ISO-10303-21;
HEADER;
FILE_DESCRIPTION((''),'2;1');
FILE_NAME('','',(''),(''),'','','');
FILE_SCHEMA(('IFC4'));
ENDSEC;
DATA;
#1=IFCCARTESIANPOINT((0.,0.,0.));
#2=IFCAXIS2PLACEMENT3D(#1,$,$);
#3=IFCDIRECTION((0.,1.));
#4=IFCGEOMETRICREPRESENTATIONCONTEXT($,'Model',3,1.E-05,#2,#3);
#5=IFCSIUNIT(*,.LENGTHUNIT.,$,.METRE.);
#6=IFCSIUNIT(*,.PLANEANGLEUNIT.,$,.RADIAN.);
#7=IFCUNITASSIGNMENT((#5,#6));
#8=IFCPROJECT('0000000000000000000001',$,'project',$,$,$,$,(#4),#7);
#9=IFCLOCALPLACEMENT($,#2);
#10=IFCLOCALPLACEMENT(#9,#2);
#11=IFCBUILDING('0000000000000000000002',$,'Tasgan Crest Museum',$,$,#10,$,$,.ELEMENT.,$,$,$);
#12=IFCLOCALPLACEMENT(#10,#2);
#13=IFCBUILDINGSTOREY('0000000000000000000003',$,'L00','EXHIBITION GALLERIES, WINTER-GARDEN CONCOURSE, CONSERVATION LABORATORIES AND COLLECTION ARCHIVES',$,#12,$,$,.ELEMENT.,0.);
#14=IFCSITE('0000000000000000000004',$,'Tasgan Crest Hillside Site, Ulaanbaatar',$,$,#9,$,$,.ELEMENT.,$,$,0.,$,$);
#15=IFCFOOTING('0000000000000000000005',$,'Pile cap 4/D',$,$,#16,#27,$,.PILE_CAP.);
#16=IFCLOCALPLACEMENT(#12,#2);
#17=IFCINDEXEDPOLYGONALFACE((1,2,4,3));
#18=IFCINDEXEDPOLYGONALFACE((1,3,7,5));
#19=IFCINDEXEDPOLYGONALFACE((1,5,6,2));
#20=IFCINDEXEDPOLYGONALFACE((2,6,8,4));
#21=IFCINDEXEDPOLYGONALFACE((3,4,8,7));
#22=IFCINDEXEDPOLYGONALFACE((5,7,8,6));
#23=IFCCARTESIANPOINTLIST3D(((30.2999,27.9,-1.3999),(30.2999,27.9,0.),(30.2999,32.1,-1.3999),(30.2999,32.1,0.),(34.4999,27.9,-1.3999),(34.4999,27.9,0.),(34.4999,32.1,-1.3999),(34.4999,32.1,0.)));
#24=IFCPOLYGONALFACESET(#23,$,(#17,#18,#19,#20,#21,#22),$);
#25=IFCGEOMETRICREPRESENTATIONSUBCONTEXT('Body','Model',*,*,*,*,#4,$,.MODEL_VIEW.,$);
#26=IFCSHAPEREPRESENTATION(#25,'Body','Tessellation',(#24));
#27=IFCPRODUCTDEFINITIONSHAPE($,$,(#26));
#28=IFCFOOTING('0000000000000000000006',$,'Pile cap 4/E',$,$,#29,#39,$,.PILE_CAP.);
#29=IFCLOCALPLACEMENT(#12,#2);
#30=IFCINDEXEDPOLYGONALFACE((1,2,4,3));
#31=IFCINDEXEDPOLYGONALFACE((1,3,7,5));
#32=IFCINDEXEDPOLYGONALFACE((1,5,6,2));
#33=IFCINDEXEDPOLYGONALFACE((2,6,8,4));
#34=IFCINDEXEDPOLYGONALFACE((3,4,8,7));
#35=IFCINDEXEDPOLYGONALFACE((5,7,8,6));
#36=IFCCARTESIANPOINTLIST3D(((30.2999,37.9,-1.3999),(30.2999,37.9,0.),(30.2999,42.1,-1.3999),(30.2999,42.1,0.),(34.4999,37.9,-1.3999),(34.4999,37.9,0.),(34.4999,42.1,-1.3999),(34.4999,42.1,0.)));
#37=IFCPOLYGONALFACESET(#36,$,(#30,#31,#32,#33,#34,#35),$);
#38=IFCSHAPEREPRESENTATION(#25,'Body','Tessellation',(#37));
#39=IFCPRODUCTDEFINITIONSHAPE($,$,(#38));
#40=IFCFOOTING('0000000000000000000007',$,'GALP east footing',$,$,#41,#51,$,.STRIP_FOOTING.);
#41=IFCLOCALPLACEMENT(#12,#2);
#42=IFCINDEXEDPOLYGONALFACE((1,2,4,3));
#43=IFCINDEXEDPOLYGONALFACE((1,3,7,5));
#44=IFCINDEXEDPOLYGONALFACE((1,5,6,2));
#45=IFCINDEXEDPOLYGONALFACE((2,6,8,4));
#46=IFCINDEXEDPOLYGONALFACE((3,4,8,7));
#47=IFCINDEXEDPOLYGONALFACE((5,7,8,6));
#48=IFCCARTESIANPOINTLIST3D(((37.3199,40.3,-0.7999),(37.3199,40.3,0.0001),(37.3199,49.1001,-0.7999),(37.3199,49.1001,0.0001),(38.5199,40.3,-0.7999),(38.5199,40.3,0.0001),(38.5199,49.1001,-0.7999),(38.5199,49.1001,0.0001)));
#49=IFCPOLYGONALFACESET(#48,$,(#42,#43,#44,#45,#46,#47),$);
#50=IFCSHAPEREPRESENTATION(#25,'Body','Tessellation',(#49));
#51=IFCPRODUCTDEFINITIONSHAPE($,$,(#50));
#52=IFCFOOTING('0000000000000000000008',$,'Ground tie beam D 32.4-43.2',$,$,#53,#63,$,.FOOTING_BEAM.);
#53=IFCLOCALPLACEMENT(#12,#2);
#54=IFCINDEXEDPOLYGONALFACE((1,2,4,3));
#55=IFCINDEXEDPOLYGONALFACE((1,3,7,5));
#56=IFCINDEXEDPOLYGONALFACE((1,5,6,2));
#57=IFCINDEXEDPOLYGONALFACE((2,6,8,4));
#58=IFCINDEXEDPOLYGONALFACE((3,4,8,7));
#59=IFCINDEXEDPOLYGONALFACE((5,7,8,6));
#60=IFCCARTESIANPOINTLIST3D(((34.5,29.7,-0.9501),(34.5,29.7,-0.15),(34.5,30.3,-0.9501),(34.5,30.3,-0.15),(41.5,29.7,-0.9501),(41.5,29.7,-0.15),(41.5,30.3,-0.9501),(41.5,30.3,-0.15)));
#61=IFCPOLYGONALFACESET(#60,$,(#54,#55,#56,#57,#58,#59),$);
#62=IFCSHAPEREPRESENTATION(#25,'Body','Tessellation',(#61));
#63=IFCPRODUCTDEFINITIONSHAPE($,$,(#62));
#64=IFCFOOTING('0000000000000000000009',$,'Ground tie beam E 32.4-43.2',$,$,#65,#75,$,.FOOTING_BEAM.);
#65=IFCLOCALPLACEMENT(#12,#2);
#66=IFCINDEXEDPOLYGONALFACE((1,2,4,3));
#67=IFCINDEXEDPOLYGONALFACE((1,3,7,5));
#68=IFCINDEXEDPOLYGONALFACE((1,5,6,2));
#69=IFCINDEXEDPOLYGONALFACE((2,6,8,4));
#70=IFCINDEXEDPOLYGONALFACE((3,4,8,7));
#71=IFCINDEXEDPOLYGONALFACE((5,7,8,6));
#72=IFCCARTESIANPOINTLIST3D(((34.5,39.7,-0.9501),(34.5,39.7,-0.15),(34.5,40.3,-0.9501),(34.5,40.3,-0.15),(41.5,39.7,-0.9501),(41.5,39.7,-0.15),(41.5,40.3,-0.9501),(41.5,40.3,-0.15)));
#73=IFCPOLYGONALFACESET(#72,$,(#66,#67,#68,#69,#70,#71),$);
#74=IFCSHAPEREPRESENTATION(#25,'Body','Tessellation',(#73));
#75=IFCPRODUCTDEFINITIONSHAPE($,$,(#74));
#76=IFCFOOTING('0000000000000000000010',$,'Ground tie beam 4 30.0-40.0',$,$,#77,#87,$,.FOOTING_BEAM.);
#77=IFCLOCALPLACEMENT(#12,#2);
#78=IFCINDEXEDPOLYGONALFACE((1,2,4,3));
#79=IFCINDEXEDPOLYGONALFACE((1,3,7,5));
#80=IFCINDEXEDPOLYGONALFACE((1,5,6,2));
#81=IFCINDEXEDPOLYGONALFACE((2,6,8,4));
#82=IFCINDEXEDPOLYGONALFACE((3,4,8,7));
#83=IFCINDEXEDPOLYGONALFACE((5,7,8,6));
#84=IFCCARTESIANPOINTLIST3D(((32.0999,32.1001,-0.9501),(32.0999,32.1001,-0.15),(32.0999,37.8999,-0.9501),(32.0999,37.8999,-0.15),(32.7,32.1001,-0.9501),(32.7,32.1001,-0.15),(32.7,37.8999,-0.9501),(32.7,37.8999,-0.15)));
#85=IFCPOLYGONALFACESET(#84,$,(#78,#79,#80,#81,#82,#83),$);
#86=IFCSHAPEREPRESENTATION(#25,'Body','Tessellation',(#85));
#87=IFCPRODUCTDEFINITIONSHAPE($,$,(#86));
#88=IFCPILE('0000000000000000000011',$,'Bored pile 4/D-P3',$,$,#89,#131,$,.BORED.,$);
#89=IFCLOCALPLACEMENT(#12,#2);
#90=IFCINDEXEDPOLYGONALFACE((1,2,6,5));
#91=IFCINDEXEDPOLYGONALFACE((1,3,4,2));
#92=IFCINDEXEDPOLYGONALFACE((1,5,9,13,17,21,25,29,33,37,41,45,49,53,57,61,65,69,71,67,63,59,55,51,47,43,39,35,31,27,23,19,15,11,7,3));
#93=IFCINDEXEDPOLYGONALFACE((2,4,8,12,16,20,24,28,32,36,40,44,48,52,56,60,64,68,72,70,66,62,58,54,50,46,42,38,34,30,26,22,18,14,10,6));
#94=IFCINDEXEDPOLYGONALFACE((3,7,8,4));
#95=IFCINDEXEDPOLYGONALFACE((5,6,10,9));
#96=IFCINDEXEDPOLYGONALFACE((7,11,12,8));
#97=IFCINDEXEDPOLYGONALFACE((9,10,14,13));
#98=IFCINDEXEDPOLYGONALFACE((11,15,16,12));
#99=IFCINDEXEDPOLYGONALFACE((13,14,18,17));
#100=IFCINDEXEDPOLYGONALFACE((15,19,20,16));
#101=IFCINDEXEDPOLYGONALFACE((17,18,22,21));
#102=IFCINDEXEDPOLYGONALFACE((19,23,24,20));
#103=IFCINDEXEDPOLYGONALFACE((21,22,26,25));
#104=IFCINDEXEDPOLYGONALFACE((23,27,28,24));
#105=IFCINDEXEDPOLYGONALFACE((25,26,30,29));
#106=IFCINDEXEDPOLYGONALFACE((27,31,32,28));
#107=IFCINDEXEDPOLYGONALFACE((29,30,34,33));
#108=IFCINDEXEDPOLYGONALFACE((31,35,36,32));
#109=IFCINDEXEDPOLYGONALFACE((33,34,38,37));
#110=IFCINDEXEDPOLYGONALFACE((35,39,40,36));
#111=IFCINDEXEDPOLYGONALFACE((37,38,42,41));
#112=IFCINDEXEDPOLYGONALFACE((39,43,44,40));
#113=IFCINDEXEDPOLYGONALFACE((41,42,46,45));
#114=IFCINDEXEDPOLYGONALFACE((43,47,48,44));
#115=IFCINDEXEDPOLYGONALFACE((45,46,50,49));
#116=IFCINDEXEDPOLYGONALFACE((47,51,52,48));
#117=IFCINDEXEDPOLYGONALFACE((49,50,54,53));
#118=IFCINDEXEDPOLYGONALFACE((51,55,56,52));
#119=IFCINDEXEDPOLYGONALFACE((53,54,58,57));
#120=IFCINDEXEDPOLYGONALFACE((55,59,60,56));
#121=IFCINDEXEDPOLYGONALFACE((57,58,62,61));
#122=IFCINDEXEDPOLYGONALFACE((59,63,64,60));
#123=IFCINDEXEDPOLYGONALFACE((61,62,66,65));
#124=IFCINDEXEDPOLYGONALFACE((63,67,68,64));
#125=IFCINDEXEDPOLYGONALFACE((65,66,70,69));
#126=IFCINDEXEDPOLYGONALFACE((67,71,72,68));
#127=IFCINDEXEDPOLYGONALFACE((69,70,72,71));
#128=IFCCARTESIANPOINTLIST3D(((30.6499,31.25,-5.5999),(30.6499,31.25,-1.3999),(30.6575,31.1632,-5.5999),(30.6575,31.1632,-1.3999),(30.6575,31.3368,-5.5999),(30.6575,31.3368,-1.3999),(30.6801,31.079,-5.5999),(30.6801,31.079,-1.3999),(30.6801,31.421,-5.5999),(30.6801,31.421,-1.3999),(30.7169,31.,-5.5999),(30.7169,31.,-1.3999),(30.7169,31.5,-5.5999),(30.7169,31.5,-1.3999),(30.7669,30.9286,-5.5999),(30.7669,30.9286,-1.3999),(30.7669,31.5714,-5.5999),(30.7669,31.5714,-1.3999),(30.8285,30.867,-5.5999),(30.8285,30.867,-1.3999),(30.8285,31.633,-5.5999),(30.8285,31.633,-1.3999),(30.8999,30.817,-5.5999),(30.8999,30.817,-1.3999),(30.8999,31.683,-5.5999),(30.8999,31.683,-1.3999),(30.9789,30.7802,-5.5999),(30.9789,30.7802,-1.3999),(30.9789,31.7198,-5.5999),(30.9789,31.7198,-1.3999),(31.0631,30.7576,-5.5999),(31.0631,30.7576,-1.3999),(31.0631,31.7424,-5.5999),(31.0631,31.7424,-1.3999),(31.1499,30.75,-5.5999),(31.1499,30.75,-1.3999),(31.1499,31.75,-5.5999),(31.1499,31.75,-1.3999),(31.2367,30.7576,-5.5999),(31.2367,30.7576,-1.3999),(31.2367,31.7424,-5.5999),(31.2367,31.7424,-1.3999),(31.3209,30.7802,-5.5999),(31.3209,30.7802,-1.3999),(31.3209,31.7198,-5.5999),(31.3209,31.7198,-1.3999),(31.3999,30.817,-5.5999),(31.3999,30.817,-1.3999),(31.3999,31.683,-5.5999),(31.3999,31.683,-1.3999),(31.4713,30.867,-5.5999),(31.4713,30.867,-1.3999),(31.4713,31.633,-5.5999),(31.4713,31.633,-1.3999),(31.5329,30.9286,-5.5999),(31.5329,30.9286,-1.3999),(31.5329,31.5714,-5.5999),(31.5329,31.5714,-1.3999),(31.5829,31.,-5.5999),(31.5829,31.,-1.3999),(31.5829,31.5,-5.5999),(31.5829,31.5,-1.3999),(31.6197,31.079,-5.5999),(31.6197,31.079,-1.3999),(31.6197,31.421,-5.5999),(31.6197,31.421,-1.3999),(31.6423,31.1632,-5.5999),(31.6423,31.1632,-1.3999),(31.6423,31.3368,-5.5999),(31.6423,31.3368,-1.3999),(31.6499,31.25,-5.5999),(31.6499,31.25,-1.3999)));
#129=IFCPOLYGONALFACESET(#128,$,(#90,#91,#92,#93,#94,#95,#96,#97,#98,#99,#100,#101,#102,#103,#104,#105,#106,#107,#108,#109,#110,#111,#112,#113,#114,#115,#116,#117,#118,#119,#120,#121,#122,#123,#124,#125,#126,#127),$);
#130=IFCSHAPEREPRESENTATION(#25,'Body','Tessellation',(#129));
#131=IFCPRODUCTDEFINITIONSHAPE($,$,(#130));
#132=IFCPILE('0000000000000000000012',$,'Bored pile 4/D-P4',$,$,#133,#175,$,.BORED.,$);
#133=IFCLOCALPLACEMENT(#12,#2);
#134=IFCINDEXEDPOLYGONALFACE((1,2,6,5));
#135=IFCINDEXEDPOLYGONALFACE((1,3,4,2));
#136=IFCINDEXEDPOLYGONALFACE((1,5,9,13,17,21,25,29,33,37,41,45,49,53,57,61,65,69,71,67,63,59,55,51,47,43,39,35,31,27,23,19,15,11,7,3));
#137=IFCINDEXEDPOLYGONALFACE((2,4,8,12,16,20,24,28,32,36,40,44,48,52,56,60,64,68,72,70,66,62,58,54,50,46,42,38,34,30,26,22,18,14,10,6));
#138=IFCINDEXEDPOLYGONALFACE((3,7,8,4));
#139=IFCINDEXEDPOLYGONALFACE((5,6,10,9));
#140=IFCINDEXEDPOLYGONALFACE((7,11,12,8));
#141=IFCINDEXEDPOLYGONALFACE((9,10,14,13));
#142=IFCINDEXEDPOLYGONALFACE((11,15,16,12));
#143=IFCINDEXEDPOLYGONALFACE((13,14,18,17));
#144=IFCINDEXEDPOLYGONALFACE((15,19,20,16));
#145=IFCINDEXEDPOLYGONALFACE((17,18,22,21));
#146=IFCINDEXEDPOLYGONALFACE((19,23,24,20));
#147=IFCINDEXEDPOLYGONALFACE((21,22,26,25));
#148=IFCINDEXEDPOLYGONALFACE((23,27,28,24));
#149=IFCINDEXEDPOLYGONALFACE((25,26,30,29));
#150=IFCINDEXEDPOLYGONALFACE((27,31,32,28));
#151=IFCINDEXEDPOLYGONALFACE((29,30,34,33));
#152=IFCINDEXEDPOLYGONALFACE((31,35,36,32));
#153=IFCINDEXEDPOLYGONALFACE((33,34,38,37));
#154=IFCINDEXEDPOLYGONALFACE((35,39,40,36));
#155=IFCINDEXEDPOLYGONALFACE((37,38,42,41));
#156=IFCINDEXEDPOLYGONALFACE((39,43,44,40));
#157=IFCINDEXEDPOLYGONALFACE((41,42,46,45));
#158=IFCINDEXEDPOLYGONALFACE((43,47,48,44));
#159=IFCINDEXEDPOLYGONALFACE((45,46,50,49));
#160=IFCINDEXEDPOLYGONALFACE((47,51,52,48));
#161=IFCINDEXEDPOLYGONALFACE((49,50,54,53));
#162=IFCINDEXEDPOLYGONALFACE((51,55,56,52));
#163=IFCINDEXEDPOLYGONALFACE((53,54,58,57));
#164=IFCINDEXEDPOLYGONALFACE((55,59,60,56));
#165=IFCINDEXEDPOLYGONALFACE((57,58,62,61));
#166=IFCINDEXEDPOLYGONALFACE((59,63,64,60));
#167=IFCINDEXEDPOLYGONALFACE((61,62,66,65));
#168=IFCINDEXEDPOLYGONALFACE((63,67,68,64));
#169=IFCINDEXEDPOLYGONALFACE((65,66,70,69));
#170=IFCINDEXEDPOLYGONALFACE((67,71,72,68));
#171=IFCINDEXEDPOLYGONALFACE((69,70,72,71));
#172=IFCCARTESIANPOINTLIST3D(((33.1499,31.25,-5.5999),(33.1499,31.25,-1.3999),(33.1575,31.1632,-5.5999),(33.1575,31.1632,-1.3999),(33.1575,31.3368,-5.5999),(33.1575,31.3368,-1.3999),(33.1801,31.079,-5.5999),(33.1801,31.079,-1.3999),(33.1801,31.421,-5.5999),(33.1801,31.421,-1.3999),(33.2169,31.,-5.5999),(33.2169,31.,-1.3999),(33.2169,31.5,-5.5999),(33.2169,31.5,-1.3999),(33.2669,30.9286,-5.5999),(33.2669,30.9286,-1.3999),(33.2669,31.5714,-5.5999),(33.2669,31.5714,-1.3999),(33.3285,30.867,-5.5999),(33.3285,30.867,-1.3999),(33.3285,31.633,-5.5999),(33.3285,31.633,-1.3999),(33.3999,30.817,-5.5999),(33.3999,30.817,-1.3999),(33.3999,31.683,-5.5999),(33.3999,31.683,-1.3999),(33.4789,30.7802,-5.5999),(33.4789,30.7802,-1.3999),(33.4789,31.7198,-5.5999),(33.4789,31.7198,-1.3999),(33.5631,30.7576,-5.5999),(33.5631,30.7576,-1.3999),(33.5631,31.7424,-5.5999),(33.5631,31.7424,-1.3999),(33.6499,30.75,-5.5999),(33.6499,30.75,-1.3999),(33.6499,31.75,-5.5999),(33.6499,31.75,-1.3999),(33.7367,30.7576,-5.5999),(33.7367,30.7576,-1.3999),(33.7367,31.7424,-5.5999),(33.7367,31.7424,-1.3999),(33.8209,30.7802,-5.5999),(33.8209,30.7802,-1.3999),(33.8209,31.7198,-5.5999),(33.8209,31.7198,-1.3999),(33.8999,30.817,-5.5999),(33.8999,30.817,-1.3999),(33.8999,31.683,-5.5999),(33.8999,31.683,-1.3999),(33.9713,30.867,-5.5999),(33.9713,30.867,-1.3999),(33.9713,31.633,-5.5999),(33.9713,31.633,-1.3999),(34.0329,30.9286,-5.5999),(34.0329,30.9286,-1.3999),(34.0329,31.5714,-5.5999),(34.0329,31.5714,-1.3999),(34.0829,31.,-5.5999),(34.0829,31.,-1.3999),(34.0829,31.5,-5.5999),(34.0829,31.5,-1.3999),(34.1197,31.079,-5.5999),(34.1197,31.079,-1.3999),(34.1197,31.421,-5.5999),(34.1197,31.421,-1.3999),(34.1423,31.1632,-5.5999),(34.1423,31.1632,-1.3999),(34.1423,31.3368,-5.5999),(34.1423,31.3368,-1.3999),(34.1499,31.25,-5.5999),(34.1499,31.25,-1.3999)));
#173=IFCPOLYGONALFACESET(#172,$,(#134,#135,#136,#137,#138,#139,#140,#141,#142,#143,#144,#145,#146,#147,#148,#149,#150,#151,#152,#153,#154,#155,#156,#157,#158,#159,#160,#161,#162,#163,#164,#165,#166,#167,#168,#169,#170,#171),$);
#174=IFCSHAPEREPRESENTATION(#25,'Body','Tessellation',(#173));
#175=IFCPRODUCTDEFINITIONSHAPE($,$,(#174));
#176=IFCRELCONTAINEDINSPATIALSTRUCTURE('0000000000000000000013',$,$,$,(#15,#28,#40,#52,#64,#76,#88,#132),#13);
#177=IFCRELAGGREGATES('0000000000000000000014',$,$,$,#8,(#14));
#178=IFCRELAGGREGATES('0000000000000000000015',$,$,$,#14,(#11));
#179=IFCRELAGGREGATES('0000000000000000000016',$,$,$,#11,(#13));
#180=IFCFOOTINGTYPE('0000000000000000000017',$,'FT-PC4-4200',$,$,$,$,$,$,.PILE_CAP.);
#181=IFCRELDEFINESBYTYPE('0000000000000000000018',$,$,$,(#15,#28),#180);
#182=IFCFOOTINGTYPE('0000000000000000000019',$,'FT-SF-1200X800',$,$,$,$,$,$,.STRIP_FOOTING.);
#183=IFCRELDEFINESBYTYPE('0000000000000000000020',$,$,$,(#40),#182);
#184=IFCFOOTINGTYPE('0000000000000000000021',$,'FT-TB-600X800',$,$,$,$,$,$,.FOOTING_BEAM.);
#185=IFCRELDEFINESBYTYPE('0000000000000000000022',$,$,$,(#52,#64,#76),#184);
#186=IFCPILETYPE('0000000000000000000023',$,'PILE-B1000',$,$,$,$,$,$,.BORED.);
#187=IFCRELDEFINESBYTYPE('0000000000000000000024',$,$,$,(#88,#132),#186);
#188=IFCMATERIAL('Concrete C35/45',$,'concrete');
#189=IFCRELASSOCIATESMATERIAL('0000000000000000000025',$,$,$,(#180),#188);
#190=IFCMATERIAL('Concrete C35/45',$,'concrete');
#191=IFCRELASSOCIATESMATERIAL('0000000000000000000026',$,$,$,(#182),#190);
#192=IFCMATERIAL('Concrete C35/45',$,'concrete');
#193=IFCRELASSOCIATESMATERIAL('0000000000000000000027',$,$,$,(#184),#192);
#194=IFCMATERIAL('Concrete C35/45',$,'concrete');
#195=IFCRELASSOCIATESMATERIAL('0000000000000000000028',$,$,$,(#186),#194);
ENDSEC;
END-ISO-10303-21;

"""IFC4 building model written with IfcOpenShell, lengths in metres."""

from ifc_helpers import new_model, si_unit, direction, frame, origin, origin_2d, place, context, subcontext, project, spatial, rectangle, circle, extrude, material, material_profile, profile_set, type_object, element, save


model = new_model("IFC4")

# Units and contexts
model_context = context("Model", 3, precision=1e-05, world=origin(), true_north=direction((0.0, 1.0)))
body_context = subcontext(model_context, "Body", "Model", "MODEL_VIEW")
ifc_project = project(units=[si_unit("LENGTHUNIT", "METRE"), si_unit("PLANEANGLEUNIT", "RADIAN")], contexts=[model_context])

# Site, building, storey
site_placement = place(None, origin())
site = spatial("IfcSite", under=ifc_project, at=site_placement, Name="Tasgan Crest Hillside Site, Ulaanbaatar", CompositionType="ELEMENT", RefElevation=0.0)
building_placement = place(site_placement, origin())
building = spatial("IfcBuilding", under=site, at=building_placement, Name="Tasgan Crest Museum", CompositionType="ELEMENT")
storey_placement = place(building_placement, origin())
storey = spatial("IfcBuildingStorey", under=building, at=storey_placement, Name="L00", Description="EXHIBITION GALLERIES, WINTER-GARDEN CONCOURSE, CONSERVATION LABORATORIES AND COLLECTION ARCHIVES", CompositionType="ELEMENT", Elevation=0.0)

# Footings
ifc_material_1 = material(Name="Concrete C35/45", Category="concrete")
footing_type_1 = type_object("IfcFootingType", Name="FT-PC4-4200", PredefinedType="PILE_CAP", material=ifc_material_1)
for number, where, z_axis, x_axis, name in (
    (1, (32.3999, 30.0, -1.3999), (0.0, 0.0, 1.0), (1.0, 0.0, 0.0), "Pile cap 4/D"),
    (2, (32.3999, 40.0, -1.3999), (0.0, 0.0, 1.0), (1.0, 0.0, 0.0), "Pile cap 4/E"),
):
    element("IfcFooting", number, at=place(storey_placement, frame(where, z_axis=z_axis, x_axis=x_axis)), inside=storey, type_object=footing_type_1, Name=name, PredefinedType="PILE_CAP", context=body_context, shape_type="SweptSolid", body=[
        extrude(rectangle(XDim=4.2, YDim=4.2, at=origin_2d()), origin(), (0.0, 0.0, 1.0), 1.3999),
    ])
ifc_material_2 = material(Name="Concrete C35/45", Category="concrete")
ifc_material_profile_1 = material_profile(ifc_material_2, rectangle(XDim=1.2, YDim=0.8, at=origin_2d()), Name="SF 1200x800")
ifc_profile_set_1 = profile_set([ifc_material_profile_1], Name="Concrete C35/45")
footing_type_2 = type_object("IfcFootingType", Name="FT-SF-1200X800", PredefinedType="STRIP_FOOTING", material=ifc_profile_set_1)
footing_1_placement = place(storey_placement, frame((37.9199, 40.3, -0.3999), z_axis=(0.0, 1.0, 0.0), x_axis=(-1.0, 0.0, 0.0)))
element("IfcFooting", 3, at=footing_1_placement, inside=storey, type_object=footing_type_2, Name="GALP east footing", PredefinedType="STRIP_FOOTING", context=body_context, shape_type="SweptSolid", body=[
    extrude(rectangle(XDim=1.2, YDim=0.8, at=origin_2d()), origin(), (0.0, 0.0, 1.0), 8.8),
])
ifc_material_3 = material(Name="Concrete C35/45", Category="concrete")
ifc_material_profile_2 = material_profile(ifc_material_3, rectangle(XDim=0.6001, YDim=0.8, at=origin_2d()), Name="TB 600x800")
ifc_profile_set_2 = profile_set([ifc_material_profile_2], Name="Concrete C35/45")
footing_type_3 = type_object("IfcFootingType", Name="FT-TB-600X800", PredefinedType="FOOTING_BEAM", material=ifc_profile_set_2)
for number, where, z_axis, x_axis, name in (
    (4, (34.5, 30.0, -0.55), (1.0, 0.0, 0.0), (0.0, 1.0, 0.0), "Ground tie beam D 32.4-43.2"),
    (5, (34.5, 40.0, -0.55), (1.0, 0.0, 0.0), (0.0, 1.0, 0.0), "Ground tie beam E 32.4-43.2"),
):
    element("IfcFooting", number, at=place(storey_placement, frame(where, z_axis=z_axis, x_axis=x_axis)), inside=storey, type_object=footing_type_3, Name=name, PredefinedType="FOOTING_BEAM", context=body_context, shape_type="SweptSolid", body=[
        extrude(rectangle(XDim=0.6001, YDim=0.8, at=origin_2d()), origin(), (0.0, 0.0, 1.0), 7.0),
    ])
footing_2_placement = place(storey_placement, frame((32.3999, 32.1001, -0.55), z_axis=(0.0, 1.0, 0.0), x_axis=(-1.0, 0.0, 0.0)))
element("IfcFooting", 6, at=footing_2_placement, inside=storey, type_object=footing_type_3, Name="Ground tie beam 4 30.0-40.0", PredefinedType="FOOTING_BEAM", context=body_context, shape_type="SweptSolid", body=[
    extrude(rectangle(XDim=0.6001, YDim=0.8, at=origin_2d()), origin(), (0.0, 0.0, 1.0), 5.7998),
])

# Piles
ifc_material_4 = material(Name="Concrete C35/45", Category="concrete")
ifc_material_profile_3 = material_profile(ifc_material_4, circle(Radius=0.5, at=origin_2d()), Name="PILE D1000")
ifc_profile_set_3 = profile_set([ifc_material_profile_3], Name="Concrete C35/45")
pile_type_1 = type_object("IfcPileType", Name="PILE-B1000", PredefinedType="BORED", material=ifc_profile_set_3)
for number, where, z_axis, x_axis, name in (
    (7, (31.1499, 31.25, -1.3999), (0.0, 0.0, -1.0), (1.0, 0.0, 0.0), "Bored pile 4/D-P3"),
    (8, (33.6499, 31.25, -1.3999), (0.0, 0.0, -1.0), (1.0, 0.0, 0.0), "Bored pile 4/D-P4"),
):
    element("IfcPile", number, at=place(storey_placement, frame(where, z_axis=z_axis, x_axis=x_axis)), inside=storey, type_object=pile_type_1, Name=name, PredefinedType="BORED", context=body_context, shape_type="SweptSolid", body=[
        extrude(circle(Radius=0.5, at=origin_2d()), origin(), (0.0, 0.0, 1.0), 4.2),
    ])

save(model, "model.ifc")
